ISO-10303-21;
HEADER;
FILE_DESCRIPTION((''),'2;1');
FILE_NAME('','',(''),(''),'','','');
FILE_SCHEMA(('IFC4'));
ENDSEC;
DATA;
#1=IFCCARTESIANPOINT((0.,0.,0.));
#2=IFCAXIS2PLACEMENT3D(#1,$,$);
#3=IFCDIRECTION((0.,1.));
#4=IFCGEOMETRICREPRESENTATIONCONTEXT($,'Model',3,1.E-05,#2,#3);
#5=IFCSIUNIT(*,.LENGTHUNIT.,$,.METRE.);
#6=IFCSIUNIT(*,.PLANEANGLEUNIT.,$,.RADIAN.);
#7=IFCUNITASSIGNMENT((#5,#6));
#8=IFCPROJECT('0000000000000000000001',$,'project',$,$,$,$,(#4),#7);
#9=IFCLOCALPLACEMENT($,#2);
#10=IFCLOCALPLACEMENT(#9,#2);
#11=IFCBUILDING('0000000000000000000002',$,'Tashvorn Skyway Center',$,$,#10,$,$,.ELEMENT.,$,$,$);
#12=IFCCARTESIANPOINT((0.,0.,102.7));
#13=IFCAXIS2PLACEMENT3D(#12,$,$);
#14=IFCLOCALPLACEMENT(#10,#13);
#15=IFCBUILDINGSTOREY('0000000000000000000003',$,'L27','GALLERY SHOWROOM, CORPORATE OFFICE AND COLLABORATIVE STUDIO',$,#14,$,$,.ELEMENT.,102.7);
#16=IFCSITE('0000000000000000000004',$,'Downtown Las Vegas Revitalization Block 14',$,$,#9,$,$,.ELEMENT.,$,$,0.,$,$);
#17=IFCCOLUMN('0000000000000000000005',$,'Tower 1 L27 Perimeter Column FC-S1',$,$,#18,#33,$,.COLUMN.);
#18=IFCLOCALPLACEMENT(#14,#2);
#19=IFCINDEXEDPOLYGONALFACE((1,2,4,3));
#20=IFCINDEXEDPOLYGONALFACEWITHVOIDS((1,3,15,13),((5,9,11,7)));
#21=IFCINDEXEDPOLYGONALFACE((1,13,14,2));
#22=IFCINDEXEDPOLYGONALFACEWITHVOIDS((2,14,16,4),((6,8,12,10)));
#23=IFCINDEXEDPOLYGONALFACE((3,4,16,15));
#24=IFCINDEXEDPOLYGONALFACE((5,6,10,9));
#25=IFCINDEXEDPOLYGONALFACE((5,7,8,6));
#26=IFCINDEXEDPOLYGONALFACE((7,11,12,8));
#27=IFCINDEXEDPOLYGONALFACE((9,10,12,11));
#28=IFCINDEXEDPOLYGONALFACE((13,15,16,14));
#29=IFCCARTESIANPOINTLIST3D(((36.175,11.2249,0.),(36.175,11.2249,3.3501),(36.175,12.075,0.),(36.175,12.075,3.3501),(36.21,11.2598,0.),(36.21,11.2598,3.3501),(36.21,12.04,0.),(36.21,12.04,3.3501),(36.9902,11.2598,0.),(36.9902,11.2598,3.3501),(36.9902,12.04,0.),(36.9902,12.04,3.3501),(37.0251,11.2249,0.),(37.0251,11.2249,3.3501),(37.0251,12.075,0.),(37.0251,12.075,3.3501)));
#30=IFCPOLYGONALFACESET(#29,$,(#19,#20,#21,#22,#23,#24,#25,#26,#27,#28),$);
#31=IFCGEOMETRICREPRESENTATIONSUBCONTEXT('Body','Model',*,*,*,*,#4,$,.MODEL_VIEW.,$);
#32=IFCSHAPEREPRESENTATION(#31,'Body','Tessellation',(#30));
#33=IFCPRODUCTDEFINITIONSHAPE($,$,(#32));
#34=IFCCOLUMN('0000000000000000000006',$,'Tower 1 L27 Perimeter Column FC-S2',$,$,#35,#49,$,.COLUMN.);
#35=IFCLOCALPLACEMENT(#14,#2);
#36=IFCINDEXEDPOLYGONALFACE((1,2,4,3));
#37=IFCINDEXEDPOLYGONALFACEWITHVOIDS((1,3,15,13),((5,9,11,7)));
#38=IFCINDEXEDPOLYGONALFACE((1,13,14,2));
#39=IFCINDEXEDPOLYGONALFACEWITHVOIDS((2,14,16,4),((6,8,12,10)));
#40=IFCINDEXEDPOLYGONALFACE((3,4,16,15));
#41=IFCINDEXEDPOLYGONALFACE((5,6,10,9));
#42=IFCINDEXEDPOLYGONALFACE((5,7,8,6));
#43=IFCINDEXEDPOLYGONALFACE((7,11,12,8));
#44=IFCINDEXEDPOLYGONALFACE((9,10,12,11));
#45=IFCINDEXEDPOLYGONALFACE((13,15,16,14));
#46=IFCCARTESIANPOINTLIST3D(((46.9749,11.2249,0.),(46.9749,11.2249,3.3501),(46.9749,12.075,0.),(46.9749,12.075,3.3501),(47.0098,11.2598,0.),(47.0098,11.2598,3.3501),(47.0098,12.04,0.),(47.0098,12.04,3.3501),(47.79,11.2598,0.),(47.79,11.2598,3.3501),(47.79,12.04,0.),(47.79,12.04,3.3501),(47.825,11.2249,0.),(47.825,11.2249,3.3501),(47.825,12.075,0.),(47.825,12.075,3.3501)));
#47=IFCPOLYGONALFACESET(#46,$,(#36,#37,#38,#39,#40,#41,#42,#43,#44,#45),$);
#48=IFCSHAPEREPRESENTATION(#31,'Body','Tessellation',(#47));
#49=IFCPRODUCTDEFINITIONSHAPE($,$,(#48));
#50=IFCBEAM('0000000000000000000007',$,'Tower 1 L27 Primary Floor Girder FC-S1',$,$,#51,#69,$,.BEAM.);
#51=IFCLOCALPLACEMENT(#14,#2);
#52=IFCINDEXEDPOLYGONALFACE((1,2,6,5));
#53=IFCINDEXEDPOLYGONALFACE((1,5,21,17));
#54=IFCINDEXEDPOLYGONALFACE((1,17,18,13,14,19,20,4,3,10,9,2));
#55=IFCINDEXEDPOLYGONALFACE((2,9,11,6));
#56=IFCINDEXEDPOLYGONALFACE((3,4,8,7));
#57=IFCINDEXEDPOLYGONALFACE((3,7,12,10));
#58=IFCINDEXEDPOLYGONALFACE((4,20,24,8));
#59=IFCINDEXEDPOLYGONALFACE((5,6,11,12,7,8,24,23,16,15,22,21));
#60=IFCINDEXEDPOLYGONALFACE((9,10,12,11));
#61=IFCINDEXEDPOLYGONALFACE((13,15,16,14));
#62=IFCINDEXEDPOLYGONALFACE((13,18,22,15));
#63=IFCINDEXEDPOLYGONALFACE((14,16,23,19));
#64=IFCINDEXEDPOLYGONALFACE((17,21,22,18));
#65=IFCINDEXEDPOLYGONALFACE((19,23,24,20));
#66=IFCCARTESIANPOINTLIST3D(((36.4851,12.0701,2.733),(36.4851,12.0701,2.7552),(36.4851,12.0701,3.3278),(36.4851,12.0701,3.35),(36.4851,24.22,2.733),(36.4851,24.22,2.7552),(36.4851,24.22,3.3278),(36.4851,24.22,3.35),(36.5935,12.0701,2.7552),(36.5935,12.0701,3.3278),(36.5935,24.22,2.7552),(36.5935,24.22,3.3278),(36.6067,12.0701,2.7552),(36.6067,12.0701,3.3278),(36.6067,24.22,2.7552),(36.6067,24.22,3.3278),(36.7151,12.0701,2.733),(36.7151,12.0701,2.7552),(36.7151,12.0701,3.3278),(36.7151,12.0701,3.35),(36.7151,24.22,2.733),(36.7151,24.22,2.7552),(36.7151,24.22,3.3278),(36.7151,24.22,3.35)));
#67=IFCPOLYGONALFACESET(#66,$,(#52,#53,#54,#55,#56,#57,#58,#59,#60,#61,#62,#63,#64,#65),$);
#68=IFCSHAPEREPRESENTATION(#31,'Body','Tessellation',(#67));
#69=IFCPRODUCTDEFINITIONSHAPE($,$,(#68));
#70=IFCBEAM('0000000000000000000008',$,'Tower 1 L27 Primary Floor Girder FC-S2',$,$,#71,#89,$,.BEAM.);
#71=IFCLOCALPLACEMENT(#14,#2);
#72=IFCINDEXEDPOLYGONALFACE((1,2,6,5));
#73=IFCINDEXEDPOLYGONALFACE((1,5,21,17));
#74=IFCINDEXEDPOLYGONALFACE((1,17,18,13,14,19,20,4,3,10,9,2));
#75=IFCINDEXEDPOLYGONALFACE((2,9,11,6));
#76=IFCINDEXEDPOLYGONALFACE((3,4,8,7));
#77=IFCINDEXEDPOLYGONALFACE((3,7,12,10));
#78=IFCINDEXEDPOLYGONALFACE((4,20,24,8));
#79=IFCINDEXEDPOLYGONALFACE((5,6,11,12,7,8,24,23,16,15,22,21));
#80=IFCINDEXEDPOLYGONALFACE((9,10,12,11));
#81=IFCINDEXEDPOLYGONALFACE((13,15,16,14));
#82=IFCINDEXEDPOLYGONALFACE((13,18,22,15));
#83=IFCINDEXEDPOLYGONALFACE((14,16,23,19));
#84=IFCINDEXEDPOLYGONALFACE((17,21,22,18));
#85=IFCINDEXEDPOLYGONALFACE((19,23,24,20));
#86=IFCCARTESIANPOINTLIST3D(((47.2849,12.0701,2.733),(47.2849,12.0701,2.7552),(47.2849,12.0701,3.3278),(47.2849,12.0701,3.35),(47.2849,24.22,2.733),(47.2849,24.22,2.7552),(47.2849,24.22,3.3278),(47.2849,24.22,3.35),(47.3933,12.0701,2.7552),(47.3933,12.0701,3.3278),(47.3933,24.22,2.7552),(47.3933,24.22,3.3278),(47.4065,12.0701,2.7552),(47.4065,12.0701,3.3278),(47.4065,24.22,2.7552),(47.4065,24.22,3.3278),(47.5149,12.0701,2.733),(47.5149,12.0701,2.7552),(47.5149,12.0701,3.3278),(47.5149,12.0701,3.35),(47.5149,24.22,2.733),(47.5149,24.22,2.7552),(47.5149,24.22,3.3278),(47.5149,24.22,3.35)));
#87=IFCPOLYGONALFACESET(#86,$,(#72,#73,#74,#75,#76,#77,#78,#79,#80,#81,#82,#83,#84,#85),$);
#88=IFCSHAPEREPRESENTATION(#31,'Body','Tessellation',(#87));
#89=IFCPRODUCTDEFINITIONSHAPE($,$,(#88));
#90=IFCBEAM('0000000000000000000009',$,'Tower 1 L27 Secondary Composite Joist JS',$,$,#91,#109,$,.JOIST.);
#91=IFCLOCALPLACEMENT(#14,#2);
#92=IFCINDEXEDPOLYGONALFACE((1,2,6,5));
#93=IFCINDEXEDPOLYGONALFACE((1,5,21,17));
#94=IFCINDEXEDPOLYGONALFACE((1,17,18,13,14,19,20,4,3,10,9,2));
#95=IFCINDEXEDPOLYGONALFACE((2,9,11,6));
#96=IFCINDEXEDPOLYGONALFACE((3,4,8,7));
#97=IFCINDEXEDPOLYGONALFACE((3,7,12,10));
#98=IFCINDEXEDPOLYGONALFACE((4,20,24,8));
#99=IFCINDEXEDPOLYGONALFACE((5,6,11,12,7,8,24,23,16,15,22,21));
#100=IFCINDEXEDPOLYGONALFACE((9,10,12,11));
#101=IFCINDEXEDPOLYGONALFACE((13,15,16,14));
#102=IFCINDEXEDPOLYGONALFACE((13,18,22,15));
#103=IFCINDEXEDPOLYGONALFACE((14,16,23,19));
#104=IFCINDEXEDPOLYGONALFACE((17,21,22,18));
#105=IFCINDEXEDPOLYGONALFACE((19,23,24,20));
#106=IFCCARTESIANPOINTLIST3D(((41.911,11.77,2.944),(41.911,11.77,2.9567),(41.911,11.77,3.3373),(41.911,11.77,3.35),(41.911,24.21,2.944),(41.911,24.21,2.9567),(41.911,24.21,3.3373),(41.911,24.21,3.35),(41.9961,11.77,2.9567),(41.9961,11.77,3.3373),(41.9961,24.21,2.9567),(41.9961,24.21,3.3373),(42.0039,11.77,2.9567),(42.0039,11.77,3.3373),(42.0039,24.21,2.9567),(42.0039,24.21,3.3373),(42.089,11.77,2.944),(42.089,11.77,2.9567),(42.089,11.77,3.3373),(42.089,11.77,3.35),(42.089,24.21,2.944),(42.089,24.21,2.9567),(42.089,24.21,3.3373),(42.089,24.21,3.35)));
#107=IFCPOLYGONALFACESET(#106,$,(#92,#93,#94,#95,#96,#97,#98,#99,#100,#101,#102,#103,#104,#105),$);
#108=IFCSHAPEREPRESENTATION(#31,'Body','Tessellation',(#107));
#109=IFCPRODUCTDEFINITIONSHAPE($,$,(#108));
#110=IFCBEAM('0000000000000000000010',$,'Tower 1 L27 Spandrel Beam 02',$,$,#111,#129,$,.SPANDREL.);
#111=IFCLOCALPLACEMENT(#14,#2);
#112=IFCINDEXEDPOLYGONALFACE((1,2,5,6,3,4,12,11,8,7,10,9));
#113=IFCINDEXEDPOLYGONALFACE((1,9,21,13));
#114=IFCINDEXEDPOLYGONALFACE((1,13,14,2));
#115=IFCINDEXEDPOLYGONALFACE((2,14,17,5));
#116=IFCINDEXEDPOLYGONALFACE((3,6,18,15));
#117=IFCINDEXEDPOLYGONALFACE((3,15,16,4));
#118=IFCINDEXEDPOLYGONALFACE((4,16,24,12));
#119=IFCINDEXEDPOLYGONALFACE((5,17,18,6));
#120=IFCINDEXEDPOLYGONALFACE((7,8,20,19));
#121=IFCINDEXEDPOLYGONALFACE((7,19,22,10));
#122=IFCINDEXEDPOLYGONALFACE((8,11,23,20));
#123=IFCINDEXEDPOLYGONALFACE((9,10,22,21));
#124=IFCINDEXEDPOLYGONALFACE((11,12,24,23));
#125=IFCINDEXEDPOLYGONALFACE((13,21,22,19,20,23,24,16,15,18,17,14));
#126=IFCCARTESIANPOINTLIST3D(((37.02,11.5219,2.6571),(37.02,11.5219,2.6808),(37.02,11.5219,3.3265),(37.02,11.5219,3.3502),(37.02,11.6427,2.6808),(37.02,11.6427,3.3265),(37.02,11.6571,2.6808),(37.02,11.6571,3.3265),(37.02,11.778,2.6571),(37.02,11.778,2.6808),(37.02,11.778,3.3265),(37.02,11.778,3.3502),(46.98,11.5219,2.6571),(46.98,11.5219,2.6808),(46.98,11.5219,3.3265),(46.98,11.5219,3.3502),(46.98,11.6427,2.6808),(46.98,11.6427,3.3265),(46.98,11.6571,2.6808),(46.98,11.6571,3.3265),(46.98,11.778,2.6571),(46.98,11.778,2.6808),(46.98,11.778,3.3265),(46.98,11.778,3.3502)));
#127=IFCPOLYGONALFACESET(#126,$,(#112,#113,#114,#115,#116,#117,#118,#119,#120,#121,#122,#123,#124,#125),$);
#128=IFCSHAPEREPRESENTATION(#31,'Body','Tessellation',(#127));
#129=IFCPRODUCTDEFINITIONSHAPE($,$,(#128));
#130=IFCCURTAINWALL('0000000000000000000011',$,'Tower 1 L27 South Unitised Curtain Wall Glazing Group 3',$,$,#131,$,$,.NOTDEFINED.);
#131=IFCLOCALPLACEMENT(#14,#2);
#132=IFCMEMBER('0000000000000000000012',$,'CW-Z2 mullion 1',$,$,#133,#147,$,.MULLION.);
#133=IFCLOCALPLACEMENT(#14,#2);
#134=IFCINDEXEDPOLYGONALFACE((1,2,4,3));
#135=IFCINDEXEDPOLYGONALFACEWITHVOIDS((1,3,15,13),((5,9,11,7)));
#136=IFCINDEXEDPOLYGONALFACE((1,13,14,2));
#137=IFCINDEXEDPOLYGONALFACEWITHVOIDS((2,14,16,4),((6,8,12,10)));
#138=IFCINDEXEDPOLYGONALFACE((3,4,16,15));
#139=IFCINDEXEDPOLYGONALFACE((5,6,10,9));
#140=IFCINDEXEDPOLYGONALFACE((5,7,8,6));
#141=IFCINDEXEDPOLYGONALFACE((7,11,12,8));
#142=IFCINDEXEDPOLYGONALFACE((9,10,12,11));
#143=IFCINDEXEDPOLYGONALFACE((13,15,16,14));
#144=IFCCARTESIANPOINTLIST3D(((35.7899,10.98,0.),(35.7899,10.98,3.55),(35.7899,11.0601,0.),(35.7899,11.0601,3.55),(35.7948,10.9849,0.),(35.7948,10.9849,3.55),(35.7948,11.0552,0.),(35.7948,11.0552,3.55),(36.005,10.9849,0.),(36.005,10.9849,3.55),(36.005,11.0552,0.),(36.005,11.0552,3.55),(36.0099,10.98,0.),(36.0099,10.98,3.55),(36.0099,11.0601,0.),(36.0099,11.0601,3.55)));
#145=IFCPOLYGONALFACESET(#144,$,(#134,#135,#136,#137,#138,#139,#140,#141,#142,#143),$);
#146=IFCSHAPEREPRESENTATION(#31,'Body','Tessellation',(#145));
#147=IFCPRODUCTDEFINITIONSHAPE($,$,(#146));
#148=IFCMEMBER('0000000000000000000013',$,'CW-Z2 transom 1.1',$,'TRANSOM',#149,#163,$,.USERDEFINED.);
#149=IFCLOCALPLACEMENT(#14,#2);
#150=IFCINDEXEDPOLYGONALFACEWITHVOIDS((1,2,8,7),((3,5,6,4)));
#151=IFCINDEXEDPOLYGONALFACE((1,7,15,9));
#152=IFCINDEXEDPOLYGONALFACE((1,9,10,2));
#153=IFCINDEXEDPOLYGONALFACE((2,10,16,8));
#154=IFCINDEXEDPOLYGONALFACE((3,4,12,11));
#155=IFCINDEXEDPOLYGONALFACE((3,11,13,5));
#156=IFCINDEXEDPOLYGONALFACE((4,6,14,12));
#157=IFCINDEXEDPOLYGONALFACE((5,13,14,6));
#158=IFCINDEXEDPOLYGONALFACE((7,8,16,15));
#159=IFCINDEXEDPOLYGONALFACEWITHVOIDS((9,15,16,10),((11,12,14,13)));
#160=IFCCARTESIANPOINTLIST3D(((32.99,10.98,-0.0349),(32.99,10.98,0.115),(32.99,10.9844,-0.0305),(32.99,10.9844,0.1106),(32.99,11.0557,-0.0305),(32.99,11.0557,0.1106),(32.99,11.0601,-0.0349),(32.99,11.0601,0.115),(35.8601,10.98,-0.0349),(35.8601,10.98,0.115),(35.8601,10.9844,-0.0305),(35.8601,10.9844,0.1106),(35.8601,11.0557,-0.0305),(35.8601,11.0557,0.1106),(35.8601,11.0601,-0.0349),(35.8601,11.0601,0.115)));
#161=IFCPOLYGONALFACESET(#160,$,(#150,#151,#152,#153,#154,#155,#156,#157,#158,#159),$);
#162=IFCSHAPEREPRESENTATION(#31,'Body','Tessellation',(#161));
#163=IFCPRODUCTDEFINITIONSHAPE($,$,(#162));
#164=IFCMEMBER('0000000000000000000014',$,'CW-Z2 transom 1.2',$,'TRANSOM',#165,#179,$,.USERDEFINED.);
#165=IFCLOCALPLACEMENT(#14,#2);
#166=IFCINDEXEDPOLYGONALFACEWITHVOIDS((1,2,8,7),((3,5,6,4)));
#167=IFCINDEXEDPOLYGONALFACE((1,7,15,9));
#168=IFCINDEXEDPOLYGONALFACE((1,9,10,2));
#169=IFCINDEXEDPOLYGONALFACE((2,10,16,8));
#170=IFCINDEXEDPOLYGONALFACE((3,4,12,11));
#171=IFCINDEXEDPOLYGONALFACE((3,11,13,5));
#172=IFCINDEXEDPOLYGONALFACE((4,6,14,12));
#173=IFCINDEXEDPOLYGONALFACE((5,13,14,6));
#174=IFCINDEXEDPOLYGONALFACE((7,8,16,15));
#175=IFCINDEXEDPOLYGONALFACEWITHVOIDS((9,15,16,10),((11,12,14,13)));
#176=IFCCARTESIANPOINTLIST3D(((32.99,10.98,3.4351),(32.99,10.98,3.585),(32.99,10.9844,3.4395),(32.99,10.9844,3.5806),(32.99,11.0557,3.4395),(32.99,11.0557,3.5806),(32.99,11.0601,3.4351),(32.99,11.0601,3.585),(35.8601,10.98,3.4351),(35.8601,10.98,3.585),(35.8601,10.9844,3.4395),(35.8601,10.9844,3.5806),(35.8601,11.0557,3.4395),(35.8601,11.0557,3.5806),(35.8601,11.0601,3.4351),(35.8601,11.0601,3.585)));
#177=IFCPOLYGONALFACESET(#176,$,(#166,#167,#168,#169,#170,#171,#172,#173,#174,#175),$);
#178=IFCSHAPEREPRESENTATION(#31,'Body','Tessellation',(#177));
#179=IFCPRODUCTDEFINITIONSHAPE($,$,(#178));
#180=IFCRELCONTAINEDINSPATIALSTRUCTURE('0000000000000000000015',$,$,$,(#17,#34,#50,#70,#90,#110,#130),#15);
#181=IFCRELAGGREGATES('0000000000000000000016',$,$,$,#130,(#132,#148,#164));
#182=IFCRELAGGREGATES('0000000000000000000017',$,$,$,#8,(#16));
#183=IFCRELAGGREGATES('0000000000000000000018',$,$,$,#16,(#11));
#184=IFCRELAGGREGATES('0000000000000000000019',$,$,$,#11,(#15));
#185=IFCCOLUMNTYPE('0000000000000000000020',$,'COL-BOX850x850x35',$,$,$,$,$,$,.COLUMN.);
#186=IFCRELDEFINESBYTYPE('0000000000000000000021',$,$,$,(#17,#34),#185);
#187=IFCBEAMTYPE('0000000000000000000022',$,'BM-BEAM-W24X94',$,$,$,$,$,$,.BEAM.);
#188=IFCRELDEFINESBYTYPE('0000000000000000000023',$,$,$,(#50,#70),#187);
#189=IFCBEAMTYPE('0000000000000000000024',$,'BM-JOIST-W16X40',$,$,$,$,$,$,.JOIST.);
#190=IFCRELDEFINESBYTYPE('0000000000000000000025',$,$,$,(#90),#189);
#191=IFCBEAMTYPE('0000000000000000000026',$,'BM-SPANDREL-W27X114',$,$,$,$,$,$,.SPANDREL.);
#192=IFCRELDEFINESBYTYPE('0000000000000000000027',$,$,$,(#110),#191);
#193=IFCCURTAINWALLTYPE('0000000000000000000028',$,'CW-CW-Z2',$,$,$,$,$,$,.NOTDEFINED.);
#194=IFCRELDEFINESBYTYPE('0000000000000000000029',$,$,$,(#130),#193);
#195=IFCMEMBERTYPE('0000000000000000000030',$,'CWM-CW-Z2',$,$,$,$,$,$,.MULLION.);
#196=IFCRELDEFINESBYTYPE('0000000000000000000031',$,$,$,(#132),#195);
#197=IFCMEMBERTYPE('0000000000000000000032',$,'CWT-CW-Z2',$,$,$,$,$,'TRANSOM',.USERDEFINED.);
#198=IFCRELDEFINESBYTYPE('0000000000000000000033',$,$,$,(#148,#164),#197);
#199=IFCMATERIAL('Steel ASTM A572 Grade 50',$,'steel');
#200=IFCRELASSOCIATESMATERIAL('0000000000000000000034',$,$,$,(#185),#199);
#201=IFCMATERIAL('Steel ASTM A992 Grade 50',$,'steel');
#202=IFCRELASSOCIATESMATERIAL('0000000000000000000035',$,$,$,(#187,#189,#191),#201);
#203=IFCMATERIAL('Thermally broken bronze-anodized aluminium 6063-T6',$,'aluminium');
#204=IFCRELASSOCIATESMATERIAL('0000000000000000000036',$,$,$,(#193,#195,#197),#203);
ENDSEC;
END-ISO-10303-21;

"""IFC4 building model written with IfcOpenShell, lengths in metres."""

from ifc_helpers import new_model, si_unit, direction, frame, origin, origin_2d, place, context, subcontext, project, spatial, hollow_rectangle, i_section, extrude, material, material_profile, profile_set, type_object, element, aggregate, save


model = new_model("IFC4")

# Units and contexts
model_context = context("Model", 3, precision=1e-05, world=origin(), true_north=direction((0.0, 1.0)))
body_context = subcontext(model_context, "Body", "Model", "MODEL_VIEW")
ifc_project = project(units=[si_unit("LENGTHUNIT", "METRE"), si_unit("PLANEANGLEUNIT", "RADIAN")], contexts=[model_context])

# Site, building, storey
site_placement = place(None, origin())
site = spatial("IfcSite", under=ifc_project, at=site_placement, Name="Downtown Las Vegas Revitalization Block 14", CompositionType="ELEMENT", RefElevation=0.0)
building_placement = place(site_placement, origin())
building = spatial("IfcBuilding", under=site, at=building_placement, Name="Tashvorn Skyway Center", CompositionType="ELEMENT")
storey_placement = place(building_placement, frame((0.0, 0.0, 102.7)))
storey = spatial("IfcBuildingStorey", under=building, at=storey_placement, Name="L27", Description="GALLERY SHOWROOM, CORPORATE OFFICE AND COLLABORATIVE STUDIO", CompositionType="ELEMENT", Elevation=102.7)

# Columns
ifc_material_1 = material(Name="Steel ASTM A572 Grade 50", Category="steel")
ifc_material_profile_1 = material_profile(ifc_material_1, hollow_rectangle(XDim=0.8501, YDim=0.8501, WallThickness=0.0349, at=origin_2d()), Name="BOX850x850x35")
ifc_profile_set_1 = profile_set([ifc_material_profile_1], Name="Steel ASTM A572 Grade 50")
column_type = type_object("IfcColumnType", Name="COL-BOX850x850x35", PredefinedType="COLUMN", material=ifc_profile_set_1)
for number, where, z_axis, x_axis, name in (
    (1, (36.6001, 11.6499, 0.0), (0.0, 0.0, 1.0), (1.0, 0.0, 0.0), "Tower 1 L27 Perimeter Column FC-S1"),
    (2, (47.3999, 11.6499, 0.0), (0.0, 0.0, 1.0), (1.0, 0.0, 0.0), "Tower 1 L27 Perimeter Column FC-S2"),
):
    element("IfcColumn", number, at=place(storey_placement, frame(where, z_axis=z_axis, x_axis=x_axis)), inside=storey, type_object=column_type, Name=name, PredefinedType="COLUMN", context=body_context, shape_type="SweptSolid", body=[
        extrude(hollow_rectangle(XDim=0.8501, YDim=0.8501, WallThickness=0.0349, at=origin_2d()), origin(), (0.0, 0.0, 1.0), 3.3501),
    ])

# Beams
ifc_material_2 = material(Name="Steel ASTM A992 Grade 50", Category="steel")
ifc_material_profile_2 = material_profile(ifc_material_2, i_section(OverallWidth=0.23, OverallDepth=0.6169, WebThickness=0.0132, FlangeThickness=0.0222, at=origin_2d()), Name="W24X94")
ifc_profile_set_2 = profile_set([ifc_material_profile_2], Name="Steel ASTM A992 Grade 50")
beam_type_1 = type_object("IfcBeamType", Name="BM-BEAM-W24X94", PredefinedType="BEAM", material=ifc_profile_set_2)
for number, where, z_axis, x_axis, name in (
    (3, (36.6001, 12.0701, 3.0415), (0.0, 1.0, 0.0), (-1.0, 0.0, 0.0), "Tower 1 L27 Primary Floor Girder FC-S1"),
    (4, (47.3999, 12.0701, 3.0415), (0.0, 1.0, 0.0), (-1.0, 0.0, 0.0), "Tower 1 L27 Primary Floor Girder FC-S2"),
):
    element("IfcBeam", number, at=place(storey_placement, frame(where, z_axis=z_axis, x_axis=x_axis)), inside=storey, type_object=beam_type_1, Name=name, PredefinedType="BEAM", context=body_context, shape_type="SweptSolid", body=[
        extrude(i_section(OverallWidth=0.23, OverallDepth=0.6169, WebThickness=0.0132, FlangeThickness=0.0222, at=origin_2d()), origin(), (0.0, 0.0, 1.0), 12.1499),
    ])
ifc_material_profile_3 = material_profile(ifc_material_2, i_section(OverallWidth=0.178, OverallDepth=0.406, WebThickness=0.0078, FlangeThickness=0.0127, at=origin_2d()), Name="W16X40")
ifc_profile_set_3 = profile_set([ifc_material_profile_3], Name="Steel ASTM A992 Grade 50")
beam_type_2 = type_object("IfcBeamType", Name="BM-JOIST-W16X40", PredefinedType="JOIST", material=ifc_profile_set_3)
beam_1_placement = place(storey_placement, frame((42.0, 24.21, 3.147), z_axis=(0.0, -1.0, 0.0), x_axis=(1.0, 0.0, 0.0)))
element("IfcBeam", 5, at=beam_1_placement, inside=storey, type_object=beam_type_2, Name="Tower 1 L27 Secondary Composite Joist JS", PredefinedType="JOIST", context=body_context, shape_type="SweptSolid", body=[
    extrude(i_section(OverallWidth=0.178, OverallDepth=0.406, WebThickness=0.0078, FlangeThickness=0.0127, at=origin_2d()), origin(), (0.0, 0.0, 1.0), 12.4399),
])
ifc_material_profile_4 = material_profile(ifc_material_2, i_section(OverallWidth=0.2561, OverallDepth=0.6931, WebThickness=0.0144, FlangeThickness=0.0237, at=origin_2d()), Name="W27X114")
ifc_profile_set_4 = profile_set([ifc_material_profile_4], Name="Steel ASTM A992 Grade 50")
beam_type_3 = type_object("IfcBeamType", Name="BM-SPANDREL-W27X114", PredefinedType="SPANDREL", material=ifc_profile_set_4)
beam_2_placement = place(storey_placement, frame((37.02, 11.6499, 3.0037), z_axis=(1.0, 0.0, 0.0), x_axis=(0.0, 1.0, 0.0)))
element("IfcBeam", 6, at=beam_2_placement, inside=storey, type_object=beam_type_3, Name="Tower 1 L27 Spandrel Beam 02", PredefinedType="SPANDREL", context=body_context, shape_type="SweptSolid", body=[
    extrude(i_section(OverallWidth=0.2561, OverallDepth=0.6931, WebThickness=0.0144, FlangeThickness=0.0237, at=origin_2d()), origin(), (0.0, 0.0, 1.0), 9.96),
])

# Curtain wall, members
ifc_material_3 = material(Name="Thermally broken bronze-anodized aluminium 6063-T6", Category="aluminium")
curtain_wall_type = type_object("IfcCurtainWallType", Name="CW-CW-Z2", PredefinedType="NOTDEFINED", material=ifc_material_3)
curtain_wall_placement = place(storey_placement, origin())
curtain_wall = element("IfcCurtainWall", 7, at=curtain_wall_placement, inside=storey, type_object=curtain_wall_type, Name="Tower 1 L27 South Unitised Curtain Wall Glazing Group 3", PredefinedType="NOTDEFINED")
ifc_material_profile_5 = material_profile(ifc_material_3, hollow_rectangle(XDim=0.0801, YDim=0.22, WallThickness=0.0049, at=origin_2d()), Name="ALU-MULL-80x220")
ifc_profile_set_5 = profile_set([ifc_material_profile_5], Name="Thermally broken bronze-anodized aluminium 6063-T6")
member_type_1 = type_object("IfcMemberType", Name="CWM-CW-Z2", PredefinedType="MULLION", material=ifc_profile_set_5)
member_1_placement = place(storey_placement, frame((35.8999, 11.02, 0.0), z_axis=(0.0, 0.0, 1.0), x_axis=(0.0, -1.0, 0.0)))
member_1 = element("IfcMember", 8, at=member_1_placement, type_object=member_type_1, Name="CW-Z2 mullion 1", PredefinedType="MULLION", context=body_context, shape_type="SweptSolid", body=[
    extrude(hollow_rectangle(XDim=0.0801, YDim=0.22, WallThickness=0.0049, at=origin_2d()), origin(), (0.0, 0.0, 1.0), 3.55),
])
ifc_material_profile_6 = material_profile(ifc_material_3, hollow_rectangle(XDim=0.0801, YDim=0.1499, WallThickness=0.0044, at=origin_2d()), Name="ALU-TRAN-80x150")
ifc_profile_set_6 = profile_set([ifc_material_profile_6], Name="Thermally broken bronze-anodized aluminium 6063-T6")
member_type_2 = type_object("IfcMemberType", Name="CWT-CW-Z2", ElementType="TRANSOM", PredefinedType="USERDEFINED", material=ifc_profile_set_6)
member_2_placement = place(storey_placement, frame((35.8601, 11.02, 0.04), z_axis=(-1.0, 0.0, 0.0), x_axis=(0.0, -1.0, 0.0)))
member_2 = element("IfcMember", 9, at=member_2_placement, type_object=member_type_2, Name="CW-Z2 transom 1.1", ObjectType="TRANSOM", PredefinedType="USERDEFINED", context=body_context, shape_type="SweptSolid", body=[
    extrude(hollow_rectangle(XDim=0.0801, YDim=0.1499, WallThickness=0.0044, at=origin_2d()), origin(), (0.0, 0.0, 1.0), 2.8701),
])
member_3_placement = place(storey_placement, frame((35.8601, 11.02, 3.51), z_axis=(-1.0, 0.0, 0.0), x_axis=(0.0, -1.0, 0.0)))
member_3 = element("IfcMember", 10, at=member_3_placement, type_object=member_type_2, Name="CW-Z2 transom 1.2", ObjectType="TRANSOM", PredefinedType="USERDEFINED", context=body_context, shape_type="SweptSolid", body=[
    extrude(hollow_rectangle(XDim=0.0801, YDim=0.1499, WallThickness=0.0044, at=origin_2d()), origin(), (0.0, 0.0, 1.0), 2.8701),
])
aggregate(curtain_wall, [member_1, member_2, member_3])

save(model, "model.ifc")
